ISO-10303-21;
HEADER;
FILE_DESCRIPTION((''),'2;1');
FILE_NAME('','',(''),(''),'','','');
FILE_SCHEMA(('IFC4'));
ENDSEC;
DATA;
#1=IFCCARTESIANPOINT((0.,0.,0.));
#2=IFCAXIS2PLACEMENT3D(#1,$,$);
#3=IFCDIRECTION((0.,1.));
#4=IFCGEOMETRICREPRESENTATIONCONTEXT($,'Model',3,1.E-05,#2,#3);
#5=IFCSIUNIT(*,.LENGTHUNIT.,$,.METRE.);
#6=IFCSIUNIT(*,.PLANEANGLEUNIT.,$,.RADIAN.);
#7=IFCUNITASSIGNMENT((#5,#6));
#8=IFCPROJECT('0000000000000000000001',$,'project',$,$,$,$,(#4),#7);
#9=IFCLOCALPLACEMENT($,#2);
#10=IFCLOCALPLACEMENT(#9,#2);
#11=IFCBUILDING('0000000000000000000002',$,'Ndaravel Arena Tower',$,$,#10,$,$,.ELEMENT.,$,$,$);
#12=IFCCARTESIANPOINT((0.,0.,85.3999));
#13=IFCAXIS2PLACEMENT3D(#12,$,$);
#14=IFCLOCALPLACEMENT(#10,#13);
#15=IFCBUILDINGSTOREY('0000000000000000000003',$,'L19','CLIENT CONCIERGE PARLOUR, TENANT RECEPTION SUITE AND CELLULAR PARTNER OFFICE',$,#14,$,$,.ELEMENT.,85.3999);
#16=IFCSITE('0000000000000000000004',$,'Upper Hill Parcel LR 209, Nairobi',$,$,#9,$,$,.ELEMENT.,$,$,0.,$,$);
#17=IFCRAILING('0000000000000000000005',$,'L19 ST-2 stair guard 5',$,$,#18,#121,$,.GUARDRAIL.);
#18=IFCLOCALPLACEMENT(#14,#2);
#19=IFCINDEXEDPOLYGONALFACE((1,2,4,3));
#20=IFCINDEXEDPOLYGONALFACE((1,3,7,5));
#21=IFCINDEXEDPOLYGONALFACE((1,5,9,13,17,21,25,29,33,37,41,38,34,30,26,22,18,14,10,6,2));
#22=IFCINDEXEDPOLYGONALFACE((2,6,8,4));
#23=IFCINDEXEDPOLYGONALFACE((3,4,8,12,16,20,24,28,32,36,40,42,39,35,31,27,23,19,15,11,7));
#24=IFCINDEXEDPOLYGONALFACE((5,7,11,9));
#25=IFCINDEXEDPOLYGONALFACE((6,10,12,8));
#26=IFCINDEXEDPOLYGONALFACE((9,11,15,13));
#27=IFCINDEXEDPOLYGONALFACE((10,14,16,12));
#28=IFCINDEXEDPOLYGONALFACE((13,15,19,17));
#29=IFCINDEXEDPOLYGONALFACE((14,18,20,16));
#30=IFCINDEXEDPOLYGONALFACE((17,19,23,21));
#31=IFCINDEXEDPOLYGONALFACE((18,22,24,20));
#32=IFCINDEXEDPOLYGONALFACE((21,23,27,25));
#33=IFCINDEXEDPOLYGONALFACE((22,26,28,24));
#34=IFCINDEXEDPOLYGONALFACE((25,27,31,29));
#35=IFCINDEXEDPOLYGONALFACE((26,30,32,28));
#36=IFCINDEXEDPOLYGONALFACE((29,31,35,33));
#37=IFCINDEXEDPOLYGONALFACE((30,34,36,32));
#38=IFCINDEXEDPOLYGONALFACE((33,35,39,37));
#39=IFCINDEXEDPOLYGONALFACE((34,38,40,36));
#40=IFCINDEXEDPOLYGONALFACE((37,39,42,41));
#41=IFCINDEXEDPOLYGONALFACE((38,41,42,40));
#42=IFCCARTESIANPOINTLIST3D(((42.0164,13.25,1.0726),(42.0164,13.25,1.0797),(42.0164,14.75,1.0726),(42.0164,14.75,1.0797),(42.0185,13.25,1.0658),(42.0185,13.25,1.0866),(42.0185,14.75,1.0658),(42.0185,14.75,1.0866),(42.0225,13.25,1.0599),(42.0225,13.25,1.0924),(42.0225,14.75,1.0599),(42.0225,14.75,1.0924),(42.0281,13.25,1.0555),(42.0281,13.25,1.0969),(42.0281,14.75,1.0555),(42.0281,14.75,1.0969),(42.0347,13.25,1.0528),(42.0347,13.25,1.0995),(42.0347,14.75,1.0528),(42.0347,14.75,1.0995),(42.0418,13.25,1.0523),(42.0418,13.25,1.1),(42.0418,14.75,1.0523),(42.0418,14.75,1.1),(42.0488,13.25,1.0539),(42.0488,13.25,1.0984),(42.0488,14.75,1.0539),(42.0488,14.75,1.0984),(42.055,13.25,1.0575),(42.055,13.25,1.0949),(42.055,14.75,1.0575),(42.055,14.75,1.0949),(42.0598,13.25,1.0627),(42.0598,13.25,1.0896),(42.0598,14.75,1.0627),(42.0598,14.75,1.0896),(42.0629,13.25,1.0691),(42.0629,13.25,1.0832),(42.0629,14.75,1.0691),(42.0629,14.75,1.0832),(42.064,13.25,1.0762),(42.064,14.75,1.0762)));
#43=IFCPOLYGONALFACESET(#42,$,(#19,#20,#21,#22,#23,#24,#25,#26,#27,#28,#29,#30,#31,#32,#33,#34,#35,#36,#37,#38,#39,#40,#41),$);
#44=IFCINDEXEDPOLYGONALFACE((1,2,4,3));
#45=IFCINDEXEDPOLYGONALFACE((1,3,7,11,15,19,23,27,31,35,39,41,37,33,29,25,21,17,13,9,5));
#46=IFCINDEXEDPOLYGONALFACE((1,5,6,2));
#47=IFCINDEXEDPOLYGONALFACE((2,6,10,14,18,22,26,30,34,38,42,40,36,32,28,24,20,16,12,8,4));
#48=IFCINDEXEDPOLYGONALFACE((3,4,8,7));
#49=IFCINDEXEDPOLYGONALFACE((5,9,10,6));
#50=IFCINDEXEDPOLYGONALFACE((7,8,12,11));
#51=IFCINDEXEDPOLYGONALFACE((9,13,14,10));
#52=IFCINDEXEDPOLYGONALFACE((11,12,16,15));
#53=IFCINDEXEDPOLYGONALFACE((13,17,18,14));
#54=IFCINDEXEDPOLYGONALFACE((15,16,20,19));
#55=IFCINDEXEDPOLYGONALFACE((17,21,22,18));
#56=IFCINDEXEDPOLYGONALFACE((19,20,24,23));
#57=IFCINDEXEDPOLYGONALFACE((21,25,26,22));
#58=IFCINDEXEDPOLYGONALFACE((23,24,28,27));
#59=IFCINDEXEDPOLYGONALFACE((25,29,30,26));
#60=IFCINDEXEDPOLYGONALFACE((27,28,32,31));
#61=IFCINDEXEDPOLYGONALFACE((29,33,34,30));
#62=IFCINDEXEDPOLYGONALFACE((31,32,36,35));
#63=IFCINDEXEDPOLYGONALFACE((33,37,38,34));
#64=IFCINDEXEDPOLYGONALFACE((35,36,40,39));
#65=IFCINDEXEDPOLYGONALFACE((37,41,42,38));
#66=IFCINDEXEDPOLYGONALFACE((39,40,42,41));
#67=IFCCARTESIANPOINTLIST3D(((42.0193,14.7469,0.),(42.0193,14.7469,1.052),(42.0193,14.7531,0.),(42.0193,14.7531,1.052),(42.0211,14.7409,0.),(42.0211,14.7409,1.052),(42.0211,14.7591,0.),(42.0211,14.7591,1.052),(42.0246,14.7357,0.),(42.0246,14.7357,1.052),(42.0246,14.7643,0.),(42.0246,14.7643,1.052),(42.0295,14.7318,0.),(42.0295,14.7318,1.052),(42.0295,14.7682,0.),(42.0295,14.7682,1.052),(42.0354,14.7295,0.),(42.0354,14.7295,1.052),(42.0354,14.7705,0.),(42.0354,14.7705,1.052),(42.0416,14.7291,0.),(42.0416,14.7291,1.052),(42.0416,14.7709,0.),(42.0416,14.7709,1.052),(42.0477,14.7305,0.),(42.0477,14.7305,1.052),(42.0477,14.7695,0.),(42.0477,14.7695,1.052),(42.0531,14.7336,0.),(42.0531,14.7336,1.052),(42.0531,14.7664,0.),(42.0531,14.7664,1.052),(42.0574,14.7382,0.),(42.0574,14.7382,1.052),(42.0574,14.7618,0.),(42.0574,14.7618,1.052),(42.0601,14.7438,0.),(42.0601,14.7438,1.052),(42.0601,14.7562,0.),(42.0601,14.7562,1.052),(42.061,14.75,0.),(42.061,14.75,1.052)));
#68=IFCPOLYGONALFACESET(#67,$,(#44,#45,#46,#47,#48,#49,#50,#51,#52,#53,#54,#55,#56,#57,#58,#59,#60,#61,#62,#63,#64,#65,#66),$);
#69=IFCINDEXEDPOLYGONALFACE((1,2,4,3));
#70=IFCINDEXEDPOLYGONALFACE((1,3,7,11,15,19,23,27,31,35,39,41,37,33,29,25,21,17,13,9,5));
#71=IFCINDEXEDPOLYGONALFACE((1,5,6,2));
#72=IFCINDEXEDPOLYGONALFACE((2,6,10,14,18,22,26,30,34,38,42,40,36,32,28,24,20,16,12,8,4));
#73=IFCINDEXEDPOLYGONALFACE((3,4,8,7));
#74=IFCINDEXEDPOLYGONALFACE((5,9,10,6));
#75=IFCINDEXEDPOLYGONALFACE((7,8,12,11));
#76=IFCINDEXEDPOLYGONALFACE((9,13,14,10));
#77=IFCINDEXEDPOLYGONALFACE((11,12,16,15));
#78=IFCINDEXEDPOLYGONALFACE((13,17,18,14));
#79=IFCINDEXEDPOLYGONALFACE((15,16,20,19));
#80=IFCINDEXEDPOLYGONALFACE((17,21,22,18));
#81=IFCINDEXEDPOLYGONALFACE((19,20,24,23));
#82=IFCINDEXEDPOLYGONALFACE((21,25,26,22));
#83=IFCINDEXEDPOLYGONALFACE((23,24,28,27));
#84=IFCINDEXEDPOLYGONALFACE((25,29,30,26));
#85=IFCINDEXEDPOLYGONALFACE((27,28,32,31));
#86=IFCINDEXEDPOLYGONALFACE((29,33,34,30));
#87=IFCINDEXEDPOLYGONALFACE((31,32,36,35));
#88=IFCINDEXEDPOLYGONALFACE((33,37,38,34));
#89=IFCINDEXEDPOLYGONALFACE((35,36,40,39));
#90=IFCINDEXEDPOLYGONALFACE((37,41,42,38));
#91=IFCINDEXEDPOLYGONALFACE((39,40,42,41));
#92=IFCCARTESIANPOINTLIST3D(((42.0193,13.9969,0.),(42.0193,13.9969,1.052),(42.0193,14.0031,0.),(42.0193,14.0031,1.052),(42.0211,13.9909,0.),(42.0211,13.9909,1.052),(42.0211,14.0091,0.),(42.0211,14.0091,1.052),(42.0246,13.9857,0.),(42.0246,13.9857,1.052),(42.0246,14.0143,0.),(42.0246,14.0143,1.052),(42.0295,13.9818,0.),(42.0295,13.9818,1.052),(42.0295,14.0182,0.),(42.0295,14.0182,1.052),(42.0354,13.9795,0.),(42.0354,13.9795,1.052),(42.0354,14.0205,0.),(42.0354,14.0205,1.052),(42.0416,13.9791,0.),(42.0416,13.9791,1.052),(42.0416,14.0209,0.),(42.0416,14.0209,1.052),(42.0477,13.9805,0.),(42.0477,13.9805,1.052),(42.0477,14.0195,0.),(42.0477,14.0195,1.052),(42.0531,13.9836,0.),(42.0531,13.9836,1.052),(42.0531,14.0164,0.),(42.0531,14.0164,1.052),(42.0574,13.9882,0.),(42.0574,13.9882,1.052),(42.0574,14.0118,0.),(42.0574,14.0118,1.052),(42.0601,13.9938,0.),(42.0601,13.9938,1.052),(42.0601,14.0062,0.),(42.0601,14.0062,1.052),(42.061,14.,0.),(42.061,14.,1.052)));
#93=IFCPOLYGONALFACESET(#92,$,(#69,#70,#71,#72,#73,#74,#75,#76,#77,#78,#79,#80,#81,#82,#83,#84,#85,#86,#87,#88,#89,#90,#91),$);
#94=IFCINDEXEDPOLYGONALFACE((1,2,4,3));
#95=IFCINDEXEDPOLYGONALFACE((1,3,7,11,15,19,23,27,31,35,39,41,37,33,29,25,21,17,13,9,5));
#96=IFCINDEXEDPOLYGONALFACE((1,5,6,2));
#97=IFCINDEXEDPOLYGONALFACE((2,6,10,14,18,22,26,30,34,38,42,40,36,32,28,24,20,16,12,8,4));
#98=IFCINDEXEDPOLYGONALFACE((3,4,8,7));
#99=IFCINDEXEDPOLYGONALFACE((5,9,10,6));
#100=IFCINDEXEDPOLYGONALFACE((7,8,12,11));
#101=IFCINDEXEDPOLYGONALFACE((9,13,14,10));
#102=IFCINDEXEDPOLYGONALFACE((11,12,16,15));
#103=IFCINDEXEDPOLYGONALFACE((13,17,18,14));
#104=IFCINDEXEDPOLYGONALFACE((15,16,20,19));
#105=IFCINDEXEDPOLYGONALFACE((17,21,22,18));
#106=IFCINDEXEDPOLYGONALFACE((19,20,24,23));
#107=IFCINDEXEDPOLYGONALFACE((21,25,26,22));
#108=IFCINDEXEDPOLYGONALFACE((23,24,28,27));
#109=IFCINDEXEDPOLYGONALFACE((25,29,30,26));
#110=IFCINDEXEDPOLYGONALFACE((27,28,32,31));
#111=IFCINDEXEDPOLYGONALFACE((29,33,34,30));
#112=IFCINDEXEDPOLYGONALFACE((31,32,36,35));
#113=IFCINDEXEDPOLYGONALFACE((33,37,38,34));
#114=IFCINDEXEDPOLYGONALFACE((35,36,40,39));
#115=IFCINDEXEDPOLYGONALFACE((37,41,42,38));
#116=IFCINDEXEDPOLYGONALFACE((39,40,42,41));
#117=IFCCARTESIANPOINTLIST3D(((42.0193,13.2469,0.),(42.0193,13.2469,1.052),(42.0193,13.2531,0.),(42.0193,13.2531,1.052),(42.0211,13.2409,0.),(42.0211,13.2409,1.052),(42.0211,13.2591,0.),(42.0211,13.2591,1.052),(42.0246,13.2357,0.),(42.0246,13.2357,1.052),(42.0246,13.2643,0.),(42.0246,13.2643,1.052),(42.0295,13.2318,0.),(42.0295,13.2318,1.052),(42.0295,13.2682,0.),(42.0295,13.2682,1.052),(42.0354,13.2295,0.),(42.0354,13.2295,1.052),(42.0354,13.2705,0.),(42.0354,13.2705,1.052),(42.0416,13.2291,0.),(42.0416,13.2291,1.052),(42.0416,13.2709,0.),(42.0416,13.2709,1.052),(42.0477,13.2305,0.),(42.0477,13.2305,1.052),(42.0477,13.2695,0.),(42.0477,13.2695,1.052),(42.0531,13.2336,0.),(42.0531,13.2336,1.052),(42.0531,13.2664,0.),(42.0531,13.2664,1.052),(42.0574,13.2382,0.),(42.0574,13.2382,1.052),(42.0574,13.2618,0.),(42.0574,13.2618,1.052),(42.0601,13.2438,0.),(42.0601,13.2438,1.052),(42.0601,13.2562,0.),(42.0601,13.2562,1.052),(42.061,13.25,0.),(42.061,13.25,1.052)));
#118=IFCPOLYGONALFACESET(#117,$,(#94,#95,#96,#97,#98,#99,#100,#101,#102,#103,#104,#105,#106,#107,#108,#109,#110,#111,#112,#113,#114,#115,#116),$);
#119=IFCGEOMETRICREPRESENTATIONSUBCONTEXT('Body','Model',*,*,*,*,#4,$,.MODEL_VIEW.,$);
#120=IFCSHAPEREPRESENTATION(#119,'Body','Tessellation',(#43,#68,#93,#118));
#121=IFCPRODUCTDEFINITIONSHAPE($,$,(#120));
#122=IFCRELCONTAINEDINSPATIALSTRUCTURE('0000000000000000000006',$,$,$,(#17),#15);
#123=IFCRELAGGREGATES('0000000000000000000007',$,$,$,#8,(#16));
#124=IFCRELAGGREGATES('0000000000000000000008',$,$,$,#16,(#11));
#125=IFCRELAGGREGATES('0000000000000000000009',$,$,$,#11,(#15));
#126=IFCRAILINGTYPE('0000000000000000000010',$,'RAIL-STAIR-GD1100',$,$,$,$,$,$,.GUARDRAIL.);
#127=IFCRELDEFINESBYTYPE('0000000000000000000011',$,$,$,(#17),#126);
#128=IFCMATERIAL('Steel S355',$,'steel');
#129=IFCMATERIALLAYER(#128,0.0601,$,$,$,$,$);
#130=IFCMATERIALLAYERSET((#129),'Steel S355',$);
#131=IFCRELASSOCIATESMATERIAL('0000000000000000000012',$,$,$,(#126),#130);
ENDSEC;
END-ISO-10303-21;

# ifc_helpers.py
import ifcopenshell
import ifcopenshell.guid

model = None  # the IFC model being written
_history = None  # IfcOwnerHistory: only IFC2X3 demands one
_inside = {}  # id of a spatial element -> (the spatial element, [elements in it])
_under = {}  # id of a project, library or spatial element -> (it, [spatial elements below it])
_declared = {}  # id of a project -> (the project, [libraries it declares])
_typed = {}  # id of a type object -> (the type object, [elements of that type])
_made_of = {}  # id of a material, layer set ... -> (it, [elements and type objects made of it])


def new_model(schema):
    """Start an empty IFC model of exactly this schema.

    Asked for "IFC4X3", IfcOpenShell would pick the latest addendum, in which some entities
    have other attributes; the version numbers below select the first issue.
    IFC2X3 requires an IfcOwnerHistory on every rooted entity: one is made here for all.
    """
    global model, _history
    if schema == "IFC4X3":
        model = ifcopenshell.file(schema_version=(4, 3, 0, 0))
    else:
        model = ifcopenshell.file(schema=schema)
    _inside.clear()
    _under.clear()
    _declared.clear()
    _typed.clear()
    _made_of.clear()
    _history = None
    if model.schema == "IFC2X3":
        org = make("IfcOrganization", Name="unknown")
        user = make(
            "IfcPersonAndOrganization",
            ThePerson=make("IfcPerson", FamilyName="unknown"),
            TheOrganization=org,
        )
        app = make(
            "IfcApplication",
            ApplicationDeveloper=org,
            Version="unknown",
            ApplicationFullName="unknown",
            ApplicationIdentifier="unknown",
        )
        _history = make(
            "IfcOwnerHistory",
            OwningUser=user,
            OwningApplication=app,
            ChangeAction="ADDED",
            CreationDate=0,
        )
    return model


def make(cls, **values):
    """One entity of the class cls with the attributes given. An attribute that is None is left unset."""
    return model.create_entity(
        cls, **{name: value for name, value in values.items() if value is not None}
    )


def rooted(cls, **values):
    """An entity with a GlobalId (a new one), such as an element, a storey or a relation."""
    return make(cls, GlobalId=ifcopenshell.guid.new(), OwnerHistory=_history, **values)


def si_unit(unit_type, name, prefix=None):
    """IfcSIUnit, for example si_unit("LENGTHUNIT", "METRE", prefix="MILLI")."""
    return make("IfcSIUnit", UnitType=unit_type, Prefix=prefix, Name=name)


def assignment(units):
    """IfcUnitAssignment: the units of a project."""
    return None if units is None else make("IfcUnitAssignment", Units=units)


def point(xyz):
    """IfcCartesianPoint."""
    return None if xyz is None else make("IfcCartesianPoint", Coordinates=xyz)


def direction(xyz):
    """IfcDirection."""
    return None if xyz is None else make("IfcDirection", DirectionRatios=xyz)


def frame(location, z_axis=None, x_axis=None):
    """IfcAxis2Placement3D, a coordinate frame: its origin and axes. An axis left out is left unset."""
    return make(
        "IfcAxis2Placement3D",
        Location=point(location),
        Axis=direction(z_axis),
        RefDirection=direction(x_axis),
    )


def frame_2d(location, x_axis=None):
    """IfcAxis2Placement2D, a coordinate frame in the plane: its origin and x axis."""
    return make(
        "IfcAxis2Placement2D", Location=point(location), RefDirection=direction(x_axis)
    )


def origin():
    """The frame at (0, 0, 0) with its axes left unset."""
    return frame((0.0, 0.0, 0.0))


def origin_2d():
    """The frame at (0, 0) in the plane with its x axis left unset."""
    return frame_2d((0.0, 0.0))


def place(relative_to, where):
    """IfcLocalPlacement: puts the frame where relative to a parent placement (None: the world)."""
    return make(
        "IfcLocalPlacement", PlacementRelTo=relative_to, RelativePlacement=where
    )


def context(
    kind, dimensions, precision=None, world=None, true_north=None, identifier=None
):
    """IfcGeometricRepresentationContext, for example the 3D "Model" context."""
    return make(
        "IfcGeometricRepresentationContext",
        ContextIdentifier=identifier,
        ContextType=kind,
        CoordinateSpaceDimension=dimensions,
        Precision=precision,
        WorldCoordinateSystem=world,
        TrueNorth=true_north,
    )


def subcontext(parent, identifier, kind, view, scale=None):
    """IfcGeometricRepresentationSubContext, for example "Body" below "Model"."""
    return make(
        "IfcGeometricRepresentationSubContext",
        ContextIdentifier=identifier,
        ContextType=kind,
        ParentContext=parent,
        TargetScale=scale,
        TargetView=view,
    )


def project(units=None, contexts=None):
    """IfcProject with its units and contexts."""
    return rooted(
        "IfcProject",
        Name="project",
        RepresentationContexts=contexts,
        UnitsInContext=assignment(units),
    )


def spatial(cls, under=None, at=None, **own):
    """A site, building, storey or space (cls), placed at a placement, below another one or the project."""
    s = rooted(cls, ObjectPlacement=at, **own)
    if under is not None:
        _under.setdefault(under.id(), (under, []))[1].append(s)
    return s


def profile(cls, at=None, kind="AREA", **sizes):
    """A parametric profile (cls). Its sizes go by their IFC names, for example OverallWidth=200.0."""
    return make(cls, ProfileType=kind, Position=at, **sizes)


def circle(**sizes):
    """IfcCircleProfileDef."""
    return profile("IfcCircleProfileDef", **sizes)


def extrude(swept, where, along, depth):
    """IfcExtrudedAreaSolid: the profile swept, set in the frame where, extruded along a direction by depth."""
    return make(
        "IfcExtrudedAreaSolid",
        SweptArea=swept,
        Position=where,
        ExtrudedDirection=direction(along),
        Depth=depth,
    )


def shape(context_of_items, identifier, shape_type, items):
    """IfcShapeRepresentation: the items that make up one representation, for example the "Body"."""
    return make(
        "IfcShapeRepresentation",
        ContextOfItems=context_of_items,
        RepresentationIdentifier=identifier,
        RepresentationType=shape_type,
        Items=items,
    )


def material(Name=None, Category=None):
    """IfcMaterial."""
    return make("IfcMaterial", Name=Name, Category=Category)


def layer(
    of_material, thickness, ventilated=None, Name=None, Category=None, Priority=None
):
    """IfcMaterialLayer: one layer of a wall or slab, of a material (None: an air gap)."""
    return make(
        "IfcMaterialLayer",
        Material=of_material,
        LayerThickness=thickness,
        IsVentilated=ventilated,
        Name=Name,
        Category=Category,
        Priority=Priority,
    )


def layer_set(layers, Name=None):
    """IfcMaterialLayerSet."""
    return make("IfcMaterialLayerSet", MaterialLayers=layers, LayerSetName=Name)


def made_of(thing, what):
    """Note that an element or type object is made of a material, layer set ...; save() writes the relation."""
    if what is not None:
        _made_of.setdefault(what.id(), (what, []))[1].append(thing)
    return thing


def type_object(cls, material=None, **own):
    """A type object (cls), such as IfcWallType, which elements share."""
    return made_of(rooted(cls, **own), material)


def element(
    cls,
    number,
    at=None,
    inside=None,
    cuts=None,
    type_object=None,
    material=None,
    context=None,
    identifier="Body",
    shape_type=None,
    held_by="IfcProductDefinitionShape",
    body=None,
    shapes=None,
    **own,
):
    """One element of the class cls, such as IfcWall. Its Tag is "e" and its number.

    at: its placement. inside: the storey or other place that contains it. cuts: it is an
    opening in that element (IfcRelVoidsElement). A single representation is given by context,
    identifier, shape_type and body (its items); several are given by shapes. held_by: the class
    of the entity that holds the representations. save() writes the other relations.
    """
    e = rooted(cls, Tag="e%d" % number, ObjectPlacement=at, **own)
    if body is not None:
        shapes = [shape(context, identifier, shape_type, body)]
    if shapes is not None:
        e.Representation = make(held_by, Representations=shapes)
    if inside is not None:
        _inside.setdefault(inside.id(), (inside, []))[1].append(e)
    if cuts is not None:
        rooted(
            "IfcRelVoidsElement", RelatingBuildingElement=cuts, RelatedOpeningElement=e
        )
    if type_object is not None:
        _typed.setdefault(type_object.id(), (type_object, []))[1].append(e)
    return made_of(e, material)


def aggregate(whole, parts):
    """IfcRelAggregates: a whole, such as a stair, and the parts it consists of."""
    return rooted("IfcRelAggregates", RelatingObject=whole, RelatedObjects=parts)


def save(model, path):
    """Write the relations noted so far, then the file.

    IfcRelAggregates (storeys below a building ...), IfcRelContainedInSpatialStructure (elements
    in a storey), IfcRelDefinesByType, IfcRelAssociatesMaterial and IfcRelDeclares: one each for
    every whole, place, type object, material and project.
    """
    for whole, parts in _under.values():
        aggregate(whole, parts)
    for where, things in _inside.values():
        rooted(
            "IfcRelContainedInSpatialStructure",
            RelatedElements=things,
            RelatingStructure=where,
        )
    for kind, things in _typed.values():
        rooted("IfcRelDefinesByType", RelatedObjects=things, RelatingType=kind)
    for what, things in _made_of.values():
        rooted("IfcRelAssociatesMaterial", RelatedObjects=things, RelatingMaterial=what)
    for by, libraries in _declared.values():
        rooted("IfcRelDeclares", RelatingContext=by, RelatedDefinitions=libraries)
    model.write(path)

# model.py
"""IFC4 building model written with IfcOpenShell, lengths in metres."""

from ifc_helpers import new_model, si_unit, direction, frame, origin, origin_2d, place, context, subcontext, project, spatial, circle, extrude, material, layer, layer_set, type_object, element, save


model = new_model("IFC4")

# Units and contexts
model_context = context("Model", 3, precision=1e-05, world=origin(), true_north=direction((0.0, 1.0)))
body_context = subcontext(model_context, "Body", "Model", "MODEL_VIEW")
ifc_project = project(units=[si_unit("LENGTHUNIT", "METRE"), si_unit("PLANEANGLEUNIT", "RADIAN")], contexts=[model_context])

# Site, building, storey
site_placement = place(None, origin())
site = spatial("IfcSite", under=ifc_project, at=site_placement, Name="Upper Hill Parcel LR 209, Nairobi", CompositionType="ELEMENT", RefElevation=0.0)
building_placement = place(site_placement, origin())
building = spatial("IfcBuilding", under=site, at=building_placement, Name="Ndaravel Arena Tower", CompositionType="ELEMENT")
storey_placement = place(building_placement, frame((0.0, 0.0, 85.3999)))
storey = spatial("IfcBuildingStorey", under=building, at=storey_placement, Name="L19", Description="CLIENT CONCIERGE PARLOUR, TENANT RECEPTION SUITE AND CELLULAR PARTNER OFFICE", CompositionType="ELEMENT", Elevation=85.3999)

# Railing
ifc_material_1 = material(Name="Steel S355", Category="steel")
ifc_layer_1 = layer(ifc_material_1, 0.0601)
ifc_layer_set_1 = layer_set([ifc_layer_1], Name="Steel S355")
railing_type = type_object("IfcRailingType", Name="RAIL-STAIR-GD1100", PredefinedType="GUARDRAIL", material=ifc_layer_set_1)
for number, where, name in (
    (1, (42.04, 14.75, 0.0), "L19 ST-2 stair guard 5"),
):
    element("IfcRailing", number, at=place(storey_placement, frame(where)), inside=storey, type_object=railing_type, Name=name, PredefinedType="GUARDRAIL", context=body_context, shape_type="SweptSolid", body=[
        extrude(circle(Radius=0.0239, at=origin_2d()), frame((0.0, 0.0, 1.0762), z_axis=(0.0, -1.0, 0.0), x_axis=(1.0, 0.0, 0.0)), (0.0, 0.0, 1.0), 1.5),
        extrude(circle(Radius=0.021, at=origin_2d()), origin(), (0.0, 0.0, 1.0), 1.052),
        extrude(circle(Radius=0.021, at=origin_2d()), frame((0.0, -0.75, 0.0)), (0.0, 0.0, 1.0), 1.052),
        extrude(circle(Radius=0.021, at=origin_2d()), frame((0.0, -1.5, 0.0)), (0.0, 0.0, 1.0), 1.052),
    ])

save(model, "model.ifc")
